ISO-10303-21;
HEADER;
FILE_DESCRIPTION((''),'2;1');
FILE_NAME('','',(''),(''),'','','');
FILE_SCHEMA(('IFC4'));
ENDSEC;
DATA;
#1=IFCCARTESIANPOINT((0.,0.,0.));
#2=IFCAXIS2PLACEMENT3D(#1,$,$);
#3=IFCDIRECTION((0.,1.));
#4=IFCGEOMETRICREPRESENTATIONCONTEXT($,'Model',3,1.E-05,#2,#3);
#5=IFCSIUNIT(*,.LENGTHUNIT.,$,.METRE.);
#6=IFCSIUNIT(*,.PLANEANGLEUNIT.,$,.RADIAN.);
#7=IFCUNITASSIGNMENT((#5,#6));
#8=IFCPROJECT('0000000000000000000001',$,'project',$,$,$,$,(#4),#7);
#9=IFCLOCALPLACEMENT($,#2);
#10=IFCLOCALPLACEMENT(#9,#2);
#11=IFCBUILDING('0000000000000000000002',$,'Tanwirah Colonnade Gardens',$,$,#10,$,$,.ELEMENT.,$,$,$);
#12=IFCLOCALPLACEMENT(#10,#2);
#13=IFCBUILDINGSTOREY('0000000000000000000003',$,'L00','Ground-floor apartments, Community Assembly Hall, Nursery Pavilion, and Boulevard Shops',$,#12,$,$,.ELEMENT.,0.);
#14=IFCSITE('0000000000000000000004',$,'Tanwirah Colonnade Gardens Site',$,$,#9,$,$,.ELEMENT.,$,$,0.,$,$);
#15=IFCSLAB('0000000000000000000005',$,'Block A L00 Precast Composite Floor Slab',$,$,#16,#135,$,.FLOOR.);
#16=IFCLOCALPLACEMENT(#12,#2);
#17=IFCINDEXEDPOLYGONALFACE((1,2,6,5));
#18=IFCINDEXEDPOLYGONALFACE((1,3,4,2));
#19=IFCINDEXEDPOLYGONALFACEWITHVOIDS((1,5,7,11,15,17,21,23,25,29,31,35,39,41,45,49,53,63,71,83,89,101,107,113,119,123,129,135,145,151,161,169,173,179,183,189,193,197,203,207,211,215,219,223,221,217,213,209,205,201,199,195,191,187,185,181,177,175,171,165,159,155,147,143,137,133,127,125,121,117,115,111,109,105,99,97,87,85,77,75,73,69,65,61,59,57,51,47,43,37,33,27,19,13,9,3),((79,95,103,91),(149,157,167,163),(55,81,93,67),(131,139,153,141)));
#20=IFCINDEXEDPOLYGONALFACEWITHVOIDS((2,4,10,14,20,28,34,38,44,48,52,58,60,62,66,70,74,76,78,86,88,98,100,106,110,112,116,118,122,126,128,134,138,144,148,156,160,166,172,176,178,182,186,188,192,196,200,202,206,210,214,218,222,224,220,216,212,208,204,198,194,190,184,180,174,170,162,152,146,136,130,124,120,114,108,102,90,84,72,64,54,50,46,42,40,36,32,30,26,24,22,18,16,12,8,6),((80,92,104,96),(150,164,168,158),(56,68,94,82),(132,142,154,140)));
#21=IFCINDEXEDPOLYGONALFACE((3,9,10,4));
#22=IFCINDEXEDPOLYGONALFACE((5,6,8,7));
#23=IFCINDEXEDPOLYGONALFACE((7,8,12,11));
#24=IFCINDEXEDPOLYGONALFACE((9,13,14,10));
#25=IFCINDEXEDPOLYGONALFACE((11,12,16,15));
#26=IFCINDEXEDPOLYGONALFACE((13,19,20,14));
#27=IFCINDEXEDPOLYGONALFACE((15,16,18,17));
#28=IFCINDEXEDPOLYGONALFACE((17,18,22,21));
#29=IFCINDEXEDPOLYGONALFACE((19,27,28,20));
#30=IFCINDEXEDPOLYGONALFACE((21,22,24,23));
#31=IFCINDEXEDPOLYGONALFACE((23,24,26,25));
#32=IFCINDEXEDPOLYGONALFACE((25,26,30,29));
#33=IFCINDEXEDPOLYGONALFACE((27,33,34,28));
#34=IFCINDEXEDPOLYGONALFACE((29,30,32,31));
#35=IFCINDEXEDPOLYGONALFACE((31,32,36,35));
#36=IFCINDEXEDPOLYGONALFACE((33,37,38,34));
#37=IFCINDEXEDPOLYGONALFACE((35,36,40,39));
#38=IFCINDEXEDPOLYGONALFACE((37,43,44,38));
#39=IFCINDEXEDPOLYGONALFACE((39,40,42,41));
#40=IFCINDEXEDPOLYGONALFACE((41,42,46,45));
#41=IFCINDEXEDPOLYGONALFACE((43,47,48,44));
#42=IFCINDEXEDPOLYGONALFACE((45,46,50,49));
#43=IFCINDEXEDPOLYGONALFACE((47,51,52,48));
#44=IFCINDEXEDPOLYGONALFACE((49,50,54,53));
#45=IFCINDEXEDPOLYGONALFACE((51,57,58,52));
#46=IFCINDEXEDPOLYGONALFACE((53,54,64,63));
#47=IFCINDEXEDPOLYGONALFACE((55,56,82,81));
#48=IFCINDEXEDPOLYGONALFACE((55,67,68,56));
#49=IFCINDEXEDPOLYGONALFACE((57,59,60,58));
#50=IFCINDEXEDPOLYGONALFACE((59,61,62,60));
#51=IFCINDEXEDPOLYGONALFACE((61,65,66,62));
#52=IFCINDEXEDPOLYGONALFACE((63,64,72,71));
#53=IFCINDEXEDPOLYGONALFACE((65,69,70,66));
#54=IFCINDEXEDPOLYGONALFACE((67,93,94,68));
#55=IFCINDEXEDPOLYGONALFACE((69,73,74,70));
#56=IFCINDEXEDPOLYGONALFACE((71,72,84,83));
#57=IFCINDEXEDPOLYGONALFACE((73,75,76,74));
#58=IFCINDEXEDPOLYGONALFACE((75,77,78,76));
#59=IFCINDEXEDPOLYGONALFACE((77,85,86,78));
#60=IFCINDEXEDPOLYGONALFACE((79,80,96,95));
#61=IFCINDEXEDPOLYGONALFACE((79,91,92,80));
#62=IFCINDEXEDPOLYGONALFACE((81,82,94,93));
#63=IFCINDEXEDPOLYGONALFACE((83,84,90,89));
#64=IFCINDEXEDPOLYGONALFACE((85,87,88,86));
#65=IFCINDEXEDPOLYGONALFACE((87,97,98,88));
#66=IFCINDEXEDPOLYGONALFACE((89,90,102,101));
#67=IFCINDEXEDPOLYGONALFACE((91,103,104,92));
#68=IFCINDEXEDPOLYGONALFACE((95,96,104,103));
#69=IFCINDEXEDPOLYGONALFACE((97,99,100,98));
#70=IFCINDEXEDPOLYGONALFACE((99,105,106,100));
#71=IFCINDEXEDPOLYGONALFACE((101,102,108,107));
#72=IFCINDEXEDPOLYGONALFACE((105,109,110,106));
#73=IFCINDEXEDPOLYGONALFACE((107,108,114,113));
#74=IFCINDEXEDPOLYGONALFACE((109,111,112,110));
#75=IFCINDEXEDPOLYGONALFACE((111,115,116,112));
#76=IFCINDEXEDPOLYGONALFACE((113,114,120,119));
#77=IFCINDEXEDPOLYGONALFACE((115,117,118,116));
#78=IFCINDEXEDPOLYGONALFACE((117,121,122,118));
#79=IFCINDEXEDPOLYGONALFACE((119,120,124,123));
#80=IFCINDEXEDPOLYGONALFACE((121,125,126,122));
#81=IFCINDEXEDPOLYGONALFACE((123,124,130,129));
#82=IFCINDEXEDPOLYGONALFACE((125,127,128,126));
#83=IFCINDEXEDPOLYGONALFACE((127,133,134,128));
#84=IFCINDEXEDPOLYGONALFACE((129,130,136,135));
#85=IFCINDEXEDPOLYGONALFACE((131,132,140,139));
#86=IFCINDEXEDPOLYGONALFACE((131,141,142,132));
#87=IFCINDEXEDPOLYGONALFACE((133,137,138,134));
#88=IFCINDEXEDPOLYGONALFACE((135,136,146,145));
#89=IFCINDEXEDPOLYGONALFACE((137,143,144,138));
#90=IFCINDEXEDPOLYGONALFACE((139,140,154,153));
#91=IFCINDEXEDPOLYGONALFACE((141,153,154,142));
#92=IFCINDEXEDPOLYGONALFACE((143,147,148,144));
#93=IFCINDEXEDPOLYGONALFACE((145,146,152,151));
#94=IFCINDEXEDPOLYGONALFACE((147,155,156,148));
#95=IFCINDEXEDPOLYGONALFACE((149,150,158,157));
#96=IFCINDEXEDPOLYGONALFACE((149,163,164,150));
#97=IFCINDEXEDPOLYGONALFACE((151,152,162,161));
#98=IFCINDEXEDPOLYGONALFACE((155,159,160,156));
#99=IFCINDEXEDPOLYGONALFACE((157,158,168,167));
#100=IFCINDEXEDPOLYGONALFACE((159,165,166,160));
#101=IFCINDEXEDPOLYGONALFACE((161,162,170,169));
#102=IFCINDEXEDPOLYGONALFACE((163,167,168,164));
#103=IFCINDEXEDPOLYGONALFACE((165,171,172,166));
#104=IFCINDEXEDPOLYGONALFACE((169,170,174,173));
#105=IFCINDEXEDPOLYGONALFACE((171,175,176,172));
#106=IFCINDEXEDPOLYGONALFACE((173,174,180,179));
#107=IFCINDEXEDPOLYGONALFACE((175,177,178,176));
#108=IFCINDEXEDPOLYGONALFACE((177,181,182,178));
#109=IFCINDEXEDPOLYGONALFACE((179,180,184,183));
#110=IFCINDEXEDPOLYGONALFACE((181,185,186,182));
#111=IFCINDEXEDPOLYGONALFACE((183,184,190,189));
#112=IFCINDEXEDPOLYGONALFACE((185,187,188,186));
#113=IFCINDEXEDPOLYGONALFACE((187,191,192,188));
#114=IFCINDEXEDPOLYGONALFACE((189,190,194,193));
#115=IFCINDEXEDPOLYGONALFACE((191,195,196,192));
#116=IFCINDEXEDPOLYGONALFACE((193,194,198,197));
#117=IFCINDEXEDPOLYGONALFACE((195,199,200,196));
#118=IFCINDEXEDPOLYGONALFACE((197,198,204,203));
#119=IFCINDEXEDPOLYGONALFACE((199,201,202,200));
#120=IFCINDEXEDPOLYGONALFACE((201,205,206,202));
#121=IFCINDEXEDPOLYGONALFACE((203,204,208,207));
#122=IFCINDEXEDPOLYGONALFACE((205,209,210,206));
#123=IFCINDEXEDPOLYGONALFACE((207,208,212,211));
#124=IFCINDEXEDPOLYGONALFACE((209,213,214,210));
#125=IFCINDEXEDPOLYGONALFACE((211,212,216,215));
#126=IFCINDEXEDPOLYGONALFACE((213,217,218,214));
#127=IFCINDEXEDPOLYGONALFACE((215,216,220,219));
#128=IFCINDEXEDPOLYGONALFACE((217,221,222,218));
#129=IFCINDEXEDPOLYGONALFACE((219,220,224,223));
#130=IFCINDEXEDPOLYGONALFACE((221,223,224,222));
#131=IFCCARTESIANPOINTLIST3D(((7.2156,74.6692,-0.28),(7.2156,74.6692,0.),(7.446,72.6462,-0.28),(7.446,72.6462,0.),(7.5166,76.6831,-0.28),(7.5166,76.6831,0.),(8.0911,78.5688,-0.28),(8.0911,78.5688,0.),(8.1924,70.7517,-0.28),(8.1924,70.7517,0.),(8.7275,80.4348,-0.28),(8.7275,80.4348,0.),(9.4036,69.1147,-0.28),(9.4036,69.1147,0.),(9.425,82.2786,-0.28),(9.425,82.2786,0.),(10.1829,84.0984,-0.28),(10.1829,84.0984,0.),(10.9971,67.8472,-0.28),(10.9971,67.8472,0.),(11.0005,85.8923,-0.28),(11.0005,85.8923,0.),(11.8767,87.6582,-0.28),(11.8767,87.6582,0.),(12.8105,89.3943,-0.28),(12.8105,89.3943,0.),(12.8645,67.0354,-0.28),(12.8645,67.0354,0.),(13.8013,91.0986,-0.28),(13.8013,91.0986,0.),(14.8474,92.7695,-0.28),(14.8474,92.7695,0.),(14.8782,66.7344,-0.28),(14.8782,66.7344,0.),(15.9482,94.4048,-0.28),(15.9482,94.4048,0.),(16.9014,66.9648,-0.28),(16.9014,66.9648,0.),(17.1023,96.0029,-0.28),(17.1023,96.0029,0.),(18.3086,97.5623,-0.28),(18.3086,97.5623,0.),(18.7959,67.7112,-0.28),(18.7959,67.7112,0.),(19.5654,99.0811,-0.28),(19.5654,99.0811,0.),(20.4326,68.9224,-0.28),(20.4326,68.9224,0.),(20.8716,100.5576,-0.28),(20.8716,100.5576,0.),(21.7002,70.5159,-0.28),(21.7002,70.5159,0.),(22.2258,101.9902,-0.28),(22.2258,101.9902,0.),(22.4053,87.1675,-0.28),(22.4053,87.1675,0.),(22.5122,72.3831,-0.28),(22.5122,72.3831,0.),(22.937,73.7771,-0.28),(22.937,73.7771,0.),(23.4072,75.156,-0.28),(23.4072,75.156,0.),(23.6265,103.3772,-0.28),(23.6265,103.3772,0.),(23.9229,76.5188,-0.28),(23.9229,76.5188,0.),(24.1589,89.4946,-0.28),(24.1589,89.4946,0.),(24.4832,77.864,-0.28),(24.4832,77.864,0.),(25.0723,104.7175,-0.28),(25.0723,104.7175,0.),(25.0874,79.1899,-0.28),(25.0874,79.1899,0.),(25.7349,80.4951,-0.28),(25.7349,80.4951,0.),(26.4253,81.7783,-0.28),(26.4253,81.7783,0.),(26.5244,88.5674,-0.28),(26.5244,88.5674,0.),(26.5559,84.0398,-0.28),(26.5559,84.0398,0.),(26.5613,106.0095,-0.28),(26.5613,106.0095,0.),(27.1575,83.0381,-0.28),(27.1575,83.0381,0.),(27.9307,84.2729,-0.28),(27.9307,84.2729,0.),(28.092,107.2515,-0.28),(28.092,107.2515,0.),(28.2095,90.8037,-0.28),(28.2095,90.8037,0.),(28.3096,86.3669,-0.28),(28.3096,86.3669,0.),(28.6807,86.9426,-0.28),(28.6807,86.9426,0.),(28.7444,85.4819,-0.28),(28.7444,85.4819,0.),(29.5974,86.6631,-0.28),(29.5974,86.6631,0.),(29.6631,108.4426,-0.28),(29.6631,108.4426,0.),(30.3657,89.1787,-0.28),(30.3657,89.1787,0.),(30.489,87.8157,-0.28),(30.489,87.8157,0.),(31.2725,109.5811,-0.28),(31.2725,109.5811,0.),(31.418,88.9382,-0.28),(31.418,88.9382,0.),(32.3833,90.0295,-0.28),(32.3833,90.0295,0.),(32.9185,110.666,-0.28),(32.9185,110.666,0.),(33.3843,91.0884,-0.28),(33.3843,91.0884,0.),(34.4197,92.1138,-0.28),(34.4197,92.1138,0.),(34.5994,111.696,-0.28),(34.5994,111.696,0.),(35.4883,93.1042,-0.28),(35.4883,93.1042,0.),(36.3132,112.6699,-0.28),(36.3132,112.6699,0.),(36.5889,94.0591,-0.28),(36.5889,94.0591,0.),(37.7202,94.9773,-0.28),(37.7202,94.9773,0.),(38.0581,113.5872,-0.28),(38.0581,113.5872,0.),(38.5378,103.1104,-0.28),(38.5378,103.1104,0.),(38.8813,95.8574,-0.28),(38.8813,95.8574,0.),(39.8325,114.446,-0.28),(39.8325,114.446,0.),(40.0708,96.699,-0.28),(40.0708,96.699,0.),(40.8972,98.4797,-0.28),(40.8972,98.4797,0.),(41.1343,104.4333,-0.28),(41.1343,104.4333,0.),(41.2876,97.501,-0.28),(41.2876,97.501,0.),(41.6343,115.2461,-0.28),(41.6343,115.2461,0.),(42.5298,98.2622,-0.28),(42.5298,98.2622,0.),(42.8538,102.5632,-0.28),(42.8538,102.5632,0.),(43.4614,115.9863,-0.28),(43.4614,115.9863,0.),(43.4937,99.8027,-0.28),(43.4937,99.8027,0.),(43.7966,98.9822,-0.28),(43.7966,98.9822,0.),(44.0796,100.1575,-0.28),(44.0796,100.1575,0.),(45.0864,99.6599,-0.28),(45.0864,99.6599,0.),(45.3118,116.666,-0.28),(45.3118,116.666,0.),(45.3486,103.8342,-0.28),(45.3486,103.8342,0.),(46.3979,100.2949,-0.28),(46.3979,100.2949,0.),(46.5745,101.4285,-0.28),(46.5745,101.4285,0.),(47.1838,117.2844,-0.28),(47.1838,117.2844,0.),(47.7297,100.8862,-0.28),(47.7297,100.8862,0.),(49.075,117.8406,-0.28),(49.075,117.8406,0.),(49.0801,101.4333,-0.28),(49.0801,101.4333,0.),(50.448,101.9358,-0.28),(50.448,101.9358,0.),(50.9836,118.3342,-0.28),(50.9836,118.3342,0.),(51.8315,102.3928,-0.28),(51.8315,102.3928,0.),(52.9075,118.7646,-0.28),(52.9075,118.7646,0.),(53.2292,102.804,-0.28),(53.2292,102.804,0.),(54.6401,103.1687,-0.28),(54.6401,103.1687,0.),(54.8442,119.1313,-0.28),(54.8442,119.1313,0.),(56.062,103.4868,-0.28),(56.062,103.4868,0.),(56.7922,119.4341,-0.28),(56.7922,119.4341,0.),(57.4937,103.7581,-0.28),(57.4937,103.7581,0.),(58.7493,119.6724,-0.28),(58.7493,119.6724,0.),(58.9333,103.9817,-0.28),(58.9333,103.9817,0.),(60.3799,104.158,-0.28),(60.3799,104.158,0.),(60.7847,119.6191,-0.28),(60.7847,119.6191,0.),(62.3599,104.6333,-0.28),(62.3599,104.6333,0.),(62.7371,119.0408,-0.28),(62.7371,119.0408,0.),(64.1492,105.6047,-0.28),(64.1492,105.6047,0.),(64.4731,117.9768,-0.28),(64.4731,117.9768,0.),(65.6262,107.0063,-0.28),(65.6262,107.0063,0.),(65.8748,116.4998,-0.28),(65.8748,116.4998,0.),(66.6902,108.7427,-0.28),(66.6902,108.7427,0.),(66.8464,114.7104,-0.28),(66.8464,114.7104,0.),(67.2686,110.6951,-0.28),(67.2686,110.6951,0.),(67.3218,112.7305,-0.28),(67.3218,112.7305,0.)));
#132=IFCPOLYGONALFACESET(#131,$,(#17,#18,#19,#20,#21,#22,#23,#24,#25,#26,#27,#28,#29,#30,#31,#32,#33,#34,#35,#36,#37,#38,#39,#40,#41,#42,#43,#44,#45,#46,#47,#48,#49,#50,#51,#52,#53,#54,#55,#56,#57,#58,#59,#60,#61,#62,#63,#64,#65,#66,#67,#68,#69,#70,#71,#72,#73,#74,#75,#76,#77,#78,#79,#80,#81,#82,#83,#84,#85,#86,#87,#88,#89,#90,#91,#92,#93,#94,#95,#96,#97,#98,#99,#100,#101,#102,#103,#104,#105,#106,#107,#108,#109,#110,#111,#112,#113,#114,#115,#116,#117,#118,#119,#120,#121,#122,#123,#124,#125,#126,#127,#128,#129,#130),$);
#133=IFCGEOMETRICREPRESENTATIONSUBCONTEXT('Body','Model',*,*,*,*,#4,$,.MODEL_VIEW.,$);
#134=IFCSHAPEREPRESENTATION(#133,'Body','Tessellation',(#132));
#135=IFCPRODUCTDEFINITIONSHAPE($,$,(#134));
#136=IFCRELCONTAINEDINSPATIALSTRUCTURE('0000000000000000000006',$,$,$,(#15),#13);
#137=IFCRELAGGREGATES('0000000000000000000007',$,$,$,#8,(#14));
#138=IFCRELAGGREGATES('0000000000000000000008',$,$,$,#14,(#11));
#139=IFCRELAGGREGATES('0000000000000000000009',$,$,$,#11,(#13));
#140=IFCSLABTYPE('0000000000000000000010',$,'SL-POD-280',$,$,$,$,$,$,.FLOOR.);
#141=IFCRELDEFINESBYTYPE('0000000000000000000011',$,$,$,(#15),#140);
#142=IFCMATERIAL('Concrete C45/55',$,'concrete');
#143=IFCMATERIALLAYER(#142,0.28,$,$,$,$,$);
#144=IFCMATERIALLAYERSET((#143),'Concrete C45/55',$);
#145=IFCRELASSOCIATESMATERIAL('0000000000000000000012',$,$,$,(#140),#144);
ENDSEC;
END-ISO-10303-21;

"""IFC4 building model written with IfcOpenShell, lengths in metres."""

from ifc_helpers import new_model, si_unit, direction, frame, origin, place, context, subcontext, project, spatial, polyline, outline, extrude, material, layer, layer_set, type_object, element, save


model = new_model("IFC4")

# Units and contexts
model_context = context("Model", 3, precision=1e-05, world=origin(), true_north=direction((0.0, 1.0)))
body_context = subcontext(model_context, "Body", "Model", "MODEL_VIEW")
ifc_project = project(units=[si_unit("LENGTHUNIT", "METRE"), si_unit("PLANEANGLEUNIT", "RADIAN")], contexts=[model_context])

# Site, building, storey
site_placement = place(None, origin())
site = spatial("IfcSite", under=ifc_project, at=site_placement, Name="Tanwirah Colonnade Gardens Site", CompositionType="ELEMENT", RefElevation=0.0)
building_placement = place(site_placement, origin())
building = spatial("IfcBuilding", under=site, at=building_placement, Name="Tanwirah Colonnade Gardens", CompositionType="ELEMENT")
storey_placement = place(building_placement, origin())
storey = spatial("IfcBuildingStorey", under=building, at=storey_placement, Name="L00", Description="Ground-floor apartments, Community Assembly Hall, Nursery Pavilion, and Boulevard Shops", CompositionType="ELEMENT", Elevation=0.0)

# Shared definitions
ifc_material_1 = material(Name="Concrete C45/55", Category="concrete")

# Slab
ifc_layer_1 = layer(ifc_material_1, 0.28)
ifc_layer_set_1 = layer_set([ifc_layer_1], Name="Concrete C45/55")
slab_type_1 = type_object("IfcSlabType", Name="SL-POD-280", PredefinedType="FLOOR", material=ifc_layer_set_1)
slab_1_placement = place(storey_placement, frame((0.0, 0.0, -0.28)))
element("IfcSlab", 1, at=slab_1_placement, inside=storey, type_object=slab_type_1, Name="Block A L00 Precast Composite Floor Slab", PredefinedType="FLOOR", context=body_context, shape_type="SweptSolid", body=[
    extrude(outline(polyline([(57.4937, 103.7581), (58.9333, 103.9817), (60.3799, 104.158), (62.3599, 104.6333), (64.1492, 105.6047), (65.6262, 107.0063), (66.6902, 108.7427), (67.2686, 110.6951), (67.3218, 112.7305), (66.8464, 114.7104), (65.8748, 116.4998), (64.4731, 117.9768), (62.7371, 119.0408), (60.7847, 119.6191), (58.7493, 119.6724), (56.7922, 119.4341), (54.8442, 119.1313), (52.9075, 118.7646), (50.9836, 118.3342), (49.075, 117.8406), (47.1838, 117.2844), (45.3118, 116.666), (43.4614, 115.9863), (41.6343, 115.2461), (39.8325, 114.446), (38.0581, 113.5872), (36.3132, 112.6699), (34.5994, 111.696), (32.9185, 110.666), (31.2725, 109.5811), (29.6631, 108.4426), (28.092, 107.2515), (26.5613, 106.0095), (25.0723, 104.7175), (23.6265, 103.3772), (22.2258, 101.9902), (20.8716, 100.5576), (19.5654, 99.0811), (18.3086, 97.5623), (17.1023, 96.0029), (15.9482, 94.4048), (14.8474, 92.7695), (13.8013, 91.0986), (12.8105, 89.3943), (11.8767, 87.6582), (11.0005, 85.8923), (10.1829, 84.0984), (9.425, 82.2786), (8.7275, 80.4348), (8.0911, 78.5688), (7.5166, 76.6831), (7.2156, 74.6692), (7.446, 72.6462), (8.1924, 70.7517), (9.4036, 69.1147), (10.9971, 67.8472), (12.8645, 67.0354), (14.8782, 66.7344), (16.9014, 66.9648), (18.7959, 67.7112), (20.4326, 68.9224), (21.7002, 70.5159), (22.5122, 72.3831), (22.937, 73.7771), (23.4072, 75.156), (23.9229, 76.5188), (24.4832, 77.864), (25.0874, 79.1899), (25.7349, 80.4951), (26.4253, 81.7783), (27.1575, 83.0381), (27.9307, 84.2729), (28.7444, 85.4819), (29.5974, 86.6631), (30.489, 87.8157), (31.418, 88.9382), (32.3833, 90.0295), (33.3843, 91.0884), (34.4197, 92.1138), (35.4883, 93.1042), (36.5889, 94.0591), (37.7202, 94.9773), (38.8813, 95.8574), (40.0708, 96.699), (41.2876, 97.501), (42.5298, 98.2622), (43.7966, 98.9822), (45.0864, 99.6599), (46.3979, 100.2949), (47.7297, 100.8862), (49.0801, 101.4333), (50.448, 101.9358), (51.8315, 102.3928), (53.2292, 102.804), (54.6401, 103.1687), (56.062, 103.4868), (57.4937, 103.7581)]), holes=[polyline([(41.1343, 104.4333), (43.4937, 99.8027), (40.8972, 98.4797), (38.5378, 103.1104), (41.1343, 104.4333)]), polyline([(46.5745, 101.4285), (44.0796, 100.1575), (42.8538, 102.5632), (45.3486, 103.8342), (46.5745, 101.4285)]), polyline([(26.5559, 84.0398), (22.4053, 87.1675), (24.1589, 89.4946), (28.3096, 86.3669), (26.5559, 84.0398)]), polyline([(26.5244, 88.5674), (28.2095, 90.8037), (30.3657, 89.1787), (28.6807, 86.9426), (26.5244, 88.5674)])]), origin(), (0.0, 0.0, 1.0), 0.28),
])

save(model, "model.ifc")
